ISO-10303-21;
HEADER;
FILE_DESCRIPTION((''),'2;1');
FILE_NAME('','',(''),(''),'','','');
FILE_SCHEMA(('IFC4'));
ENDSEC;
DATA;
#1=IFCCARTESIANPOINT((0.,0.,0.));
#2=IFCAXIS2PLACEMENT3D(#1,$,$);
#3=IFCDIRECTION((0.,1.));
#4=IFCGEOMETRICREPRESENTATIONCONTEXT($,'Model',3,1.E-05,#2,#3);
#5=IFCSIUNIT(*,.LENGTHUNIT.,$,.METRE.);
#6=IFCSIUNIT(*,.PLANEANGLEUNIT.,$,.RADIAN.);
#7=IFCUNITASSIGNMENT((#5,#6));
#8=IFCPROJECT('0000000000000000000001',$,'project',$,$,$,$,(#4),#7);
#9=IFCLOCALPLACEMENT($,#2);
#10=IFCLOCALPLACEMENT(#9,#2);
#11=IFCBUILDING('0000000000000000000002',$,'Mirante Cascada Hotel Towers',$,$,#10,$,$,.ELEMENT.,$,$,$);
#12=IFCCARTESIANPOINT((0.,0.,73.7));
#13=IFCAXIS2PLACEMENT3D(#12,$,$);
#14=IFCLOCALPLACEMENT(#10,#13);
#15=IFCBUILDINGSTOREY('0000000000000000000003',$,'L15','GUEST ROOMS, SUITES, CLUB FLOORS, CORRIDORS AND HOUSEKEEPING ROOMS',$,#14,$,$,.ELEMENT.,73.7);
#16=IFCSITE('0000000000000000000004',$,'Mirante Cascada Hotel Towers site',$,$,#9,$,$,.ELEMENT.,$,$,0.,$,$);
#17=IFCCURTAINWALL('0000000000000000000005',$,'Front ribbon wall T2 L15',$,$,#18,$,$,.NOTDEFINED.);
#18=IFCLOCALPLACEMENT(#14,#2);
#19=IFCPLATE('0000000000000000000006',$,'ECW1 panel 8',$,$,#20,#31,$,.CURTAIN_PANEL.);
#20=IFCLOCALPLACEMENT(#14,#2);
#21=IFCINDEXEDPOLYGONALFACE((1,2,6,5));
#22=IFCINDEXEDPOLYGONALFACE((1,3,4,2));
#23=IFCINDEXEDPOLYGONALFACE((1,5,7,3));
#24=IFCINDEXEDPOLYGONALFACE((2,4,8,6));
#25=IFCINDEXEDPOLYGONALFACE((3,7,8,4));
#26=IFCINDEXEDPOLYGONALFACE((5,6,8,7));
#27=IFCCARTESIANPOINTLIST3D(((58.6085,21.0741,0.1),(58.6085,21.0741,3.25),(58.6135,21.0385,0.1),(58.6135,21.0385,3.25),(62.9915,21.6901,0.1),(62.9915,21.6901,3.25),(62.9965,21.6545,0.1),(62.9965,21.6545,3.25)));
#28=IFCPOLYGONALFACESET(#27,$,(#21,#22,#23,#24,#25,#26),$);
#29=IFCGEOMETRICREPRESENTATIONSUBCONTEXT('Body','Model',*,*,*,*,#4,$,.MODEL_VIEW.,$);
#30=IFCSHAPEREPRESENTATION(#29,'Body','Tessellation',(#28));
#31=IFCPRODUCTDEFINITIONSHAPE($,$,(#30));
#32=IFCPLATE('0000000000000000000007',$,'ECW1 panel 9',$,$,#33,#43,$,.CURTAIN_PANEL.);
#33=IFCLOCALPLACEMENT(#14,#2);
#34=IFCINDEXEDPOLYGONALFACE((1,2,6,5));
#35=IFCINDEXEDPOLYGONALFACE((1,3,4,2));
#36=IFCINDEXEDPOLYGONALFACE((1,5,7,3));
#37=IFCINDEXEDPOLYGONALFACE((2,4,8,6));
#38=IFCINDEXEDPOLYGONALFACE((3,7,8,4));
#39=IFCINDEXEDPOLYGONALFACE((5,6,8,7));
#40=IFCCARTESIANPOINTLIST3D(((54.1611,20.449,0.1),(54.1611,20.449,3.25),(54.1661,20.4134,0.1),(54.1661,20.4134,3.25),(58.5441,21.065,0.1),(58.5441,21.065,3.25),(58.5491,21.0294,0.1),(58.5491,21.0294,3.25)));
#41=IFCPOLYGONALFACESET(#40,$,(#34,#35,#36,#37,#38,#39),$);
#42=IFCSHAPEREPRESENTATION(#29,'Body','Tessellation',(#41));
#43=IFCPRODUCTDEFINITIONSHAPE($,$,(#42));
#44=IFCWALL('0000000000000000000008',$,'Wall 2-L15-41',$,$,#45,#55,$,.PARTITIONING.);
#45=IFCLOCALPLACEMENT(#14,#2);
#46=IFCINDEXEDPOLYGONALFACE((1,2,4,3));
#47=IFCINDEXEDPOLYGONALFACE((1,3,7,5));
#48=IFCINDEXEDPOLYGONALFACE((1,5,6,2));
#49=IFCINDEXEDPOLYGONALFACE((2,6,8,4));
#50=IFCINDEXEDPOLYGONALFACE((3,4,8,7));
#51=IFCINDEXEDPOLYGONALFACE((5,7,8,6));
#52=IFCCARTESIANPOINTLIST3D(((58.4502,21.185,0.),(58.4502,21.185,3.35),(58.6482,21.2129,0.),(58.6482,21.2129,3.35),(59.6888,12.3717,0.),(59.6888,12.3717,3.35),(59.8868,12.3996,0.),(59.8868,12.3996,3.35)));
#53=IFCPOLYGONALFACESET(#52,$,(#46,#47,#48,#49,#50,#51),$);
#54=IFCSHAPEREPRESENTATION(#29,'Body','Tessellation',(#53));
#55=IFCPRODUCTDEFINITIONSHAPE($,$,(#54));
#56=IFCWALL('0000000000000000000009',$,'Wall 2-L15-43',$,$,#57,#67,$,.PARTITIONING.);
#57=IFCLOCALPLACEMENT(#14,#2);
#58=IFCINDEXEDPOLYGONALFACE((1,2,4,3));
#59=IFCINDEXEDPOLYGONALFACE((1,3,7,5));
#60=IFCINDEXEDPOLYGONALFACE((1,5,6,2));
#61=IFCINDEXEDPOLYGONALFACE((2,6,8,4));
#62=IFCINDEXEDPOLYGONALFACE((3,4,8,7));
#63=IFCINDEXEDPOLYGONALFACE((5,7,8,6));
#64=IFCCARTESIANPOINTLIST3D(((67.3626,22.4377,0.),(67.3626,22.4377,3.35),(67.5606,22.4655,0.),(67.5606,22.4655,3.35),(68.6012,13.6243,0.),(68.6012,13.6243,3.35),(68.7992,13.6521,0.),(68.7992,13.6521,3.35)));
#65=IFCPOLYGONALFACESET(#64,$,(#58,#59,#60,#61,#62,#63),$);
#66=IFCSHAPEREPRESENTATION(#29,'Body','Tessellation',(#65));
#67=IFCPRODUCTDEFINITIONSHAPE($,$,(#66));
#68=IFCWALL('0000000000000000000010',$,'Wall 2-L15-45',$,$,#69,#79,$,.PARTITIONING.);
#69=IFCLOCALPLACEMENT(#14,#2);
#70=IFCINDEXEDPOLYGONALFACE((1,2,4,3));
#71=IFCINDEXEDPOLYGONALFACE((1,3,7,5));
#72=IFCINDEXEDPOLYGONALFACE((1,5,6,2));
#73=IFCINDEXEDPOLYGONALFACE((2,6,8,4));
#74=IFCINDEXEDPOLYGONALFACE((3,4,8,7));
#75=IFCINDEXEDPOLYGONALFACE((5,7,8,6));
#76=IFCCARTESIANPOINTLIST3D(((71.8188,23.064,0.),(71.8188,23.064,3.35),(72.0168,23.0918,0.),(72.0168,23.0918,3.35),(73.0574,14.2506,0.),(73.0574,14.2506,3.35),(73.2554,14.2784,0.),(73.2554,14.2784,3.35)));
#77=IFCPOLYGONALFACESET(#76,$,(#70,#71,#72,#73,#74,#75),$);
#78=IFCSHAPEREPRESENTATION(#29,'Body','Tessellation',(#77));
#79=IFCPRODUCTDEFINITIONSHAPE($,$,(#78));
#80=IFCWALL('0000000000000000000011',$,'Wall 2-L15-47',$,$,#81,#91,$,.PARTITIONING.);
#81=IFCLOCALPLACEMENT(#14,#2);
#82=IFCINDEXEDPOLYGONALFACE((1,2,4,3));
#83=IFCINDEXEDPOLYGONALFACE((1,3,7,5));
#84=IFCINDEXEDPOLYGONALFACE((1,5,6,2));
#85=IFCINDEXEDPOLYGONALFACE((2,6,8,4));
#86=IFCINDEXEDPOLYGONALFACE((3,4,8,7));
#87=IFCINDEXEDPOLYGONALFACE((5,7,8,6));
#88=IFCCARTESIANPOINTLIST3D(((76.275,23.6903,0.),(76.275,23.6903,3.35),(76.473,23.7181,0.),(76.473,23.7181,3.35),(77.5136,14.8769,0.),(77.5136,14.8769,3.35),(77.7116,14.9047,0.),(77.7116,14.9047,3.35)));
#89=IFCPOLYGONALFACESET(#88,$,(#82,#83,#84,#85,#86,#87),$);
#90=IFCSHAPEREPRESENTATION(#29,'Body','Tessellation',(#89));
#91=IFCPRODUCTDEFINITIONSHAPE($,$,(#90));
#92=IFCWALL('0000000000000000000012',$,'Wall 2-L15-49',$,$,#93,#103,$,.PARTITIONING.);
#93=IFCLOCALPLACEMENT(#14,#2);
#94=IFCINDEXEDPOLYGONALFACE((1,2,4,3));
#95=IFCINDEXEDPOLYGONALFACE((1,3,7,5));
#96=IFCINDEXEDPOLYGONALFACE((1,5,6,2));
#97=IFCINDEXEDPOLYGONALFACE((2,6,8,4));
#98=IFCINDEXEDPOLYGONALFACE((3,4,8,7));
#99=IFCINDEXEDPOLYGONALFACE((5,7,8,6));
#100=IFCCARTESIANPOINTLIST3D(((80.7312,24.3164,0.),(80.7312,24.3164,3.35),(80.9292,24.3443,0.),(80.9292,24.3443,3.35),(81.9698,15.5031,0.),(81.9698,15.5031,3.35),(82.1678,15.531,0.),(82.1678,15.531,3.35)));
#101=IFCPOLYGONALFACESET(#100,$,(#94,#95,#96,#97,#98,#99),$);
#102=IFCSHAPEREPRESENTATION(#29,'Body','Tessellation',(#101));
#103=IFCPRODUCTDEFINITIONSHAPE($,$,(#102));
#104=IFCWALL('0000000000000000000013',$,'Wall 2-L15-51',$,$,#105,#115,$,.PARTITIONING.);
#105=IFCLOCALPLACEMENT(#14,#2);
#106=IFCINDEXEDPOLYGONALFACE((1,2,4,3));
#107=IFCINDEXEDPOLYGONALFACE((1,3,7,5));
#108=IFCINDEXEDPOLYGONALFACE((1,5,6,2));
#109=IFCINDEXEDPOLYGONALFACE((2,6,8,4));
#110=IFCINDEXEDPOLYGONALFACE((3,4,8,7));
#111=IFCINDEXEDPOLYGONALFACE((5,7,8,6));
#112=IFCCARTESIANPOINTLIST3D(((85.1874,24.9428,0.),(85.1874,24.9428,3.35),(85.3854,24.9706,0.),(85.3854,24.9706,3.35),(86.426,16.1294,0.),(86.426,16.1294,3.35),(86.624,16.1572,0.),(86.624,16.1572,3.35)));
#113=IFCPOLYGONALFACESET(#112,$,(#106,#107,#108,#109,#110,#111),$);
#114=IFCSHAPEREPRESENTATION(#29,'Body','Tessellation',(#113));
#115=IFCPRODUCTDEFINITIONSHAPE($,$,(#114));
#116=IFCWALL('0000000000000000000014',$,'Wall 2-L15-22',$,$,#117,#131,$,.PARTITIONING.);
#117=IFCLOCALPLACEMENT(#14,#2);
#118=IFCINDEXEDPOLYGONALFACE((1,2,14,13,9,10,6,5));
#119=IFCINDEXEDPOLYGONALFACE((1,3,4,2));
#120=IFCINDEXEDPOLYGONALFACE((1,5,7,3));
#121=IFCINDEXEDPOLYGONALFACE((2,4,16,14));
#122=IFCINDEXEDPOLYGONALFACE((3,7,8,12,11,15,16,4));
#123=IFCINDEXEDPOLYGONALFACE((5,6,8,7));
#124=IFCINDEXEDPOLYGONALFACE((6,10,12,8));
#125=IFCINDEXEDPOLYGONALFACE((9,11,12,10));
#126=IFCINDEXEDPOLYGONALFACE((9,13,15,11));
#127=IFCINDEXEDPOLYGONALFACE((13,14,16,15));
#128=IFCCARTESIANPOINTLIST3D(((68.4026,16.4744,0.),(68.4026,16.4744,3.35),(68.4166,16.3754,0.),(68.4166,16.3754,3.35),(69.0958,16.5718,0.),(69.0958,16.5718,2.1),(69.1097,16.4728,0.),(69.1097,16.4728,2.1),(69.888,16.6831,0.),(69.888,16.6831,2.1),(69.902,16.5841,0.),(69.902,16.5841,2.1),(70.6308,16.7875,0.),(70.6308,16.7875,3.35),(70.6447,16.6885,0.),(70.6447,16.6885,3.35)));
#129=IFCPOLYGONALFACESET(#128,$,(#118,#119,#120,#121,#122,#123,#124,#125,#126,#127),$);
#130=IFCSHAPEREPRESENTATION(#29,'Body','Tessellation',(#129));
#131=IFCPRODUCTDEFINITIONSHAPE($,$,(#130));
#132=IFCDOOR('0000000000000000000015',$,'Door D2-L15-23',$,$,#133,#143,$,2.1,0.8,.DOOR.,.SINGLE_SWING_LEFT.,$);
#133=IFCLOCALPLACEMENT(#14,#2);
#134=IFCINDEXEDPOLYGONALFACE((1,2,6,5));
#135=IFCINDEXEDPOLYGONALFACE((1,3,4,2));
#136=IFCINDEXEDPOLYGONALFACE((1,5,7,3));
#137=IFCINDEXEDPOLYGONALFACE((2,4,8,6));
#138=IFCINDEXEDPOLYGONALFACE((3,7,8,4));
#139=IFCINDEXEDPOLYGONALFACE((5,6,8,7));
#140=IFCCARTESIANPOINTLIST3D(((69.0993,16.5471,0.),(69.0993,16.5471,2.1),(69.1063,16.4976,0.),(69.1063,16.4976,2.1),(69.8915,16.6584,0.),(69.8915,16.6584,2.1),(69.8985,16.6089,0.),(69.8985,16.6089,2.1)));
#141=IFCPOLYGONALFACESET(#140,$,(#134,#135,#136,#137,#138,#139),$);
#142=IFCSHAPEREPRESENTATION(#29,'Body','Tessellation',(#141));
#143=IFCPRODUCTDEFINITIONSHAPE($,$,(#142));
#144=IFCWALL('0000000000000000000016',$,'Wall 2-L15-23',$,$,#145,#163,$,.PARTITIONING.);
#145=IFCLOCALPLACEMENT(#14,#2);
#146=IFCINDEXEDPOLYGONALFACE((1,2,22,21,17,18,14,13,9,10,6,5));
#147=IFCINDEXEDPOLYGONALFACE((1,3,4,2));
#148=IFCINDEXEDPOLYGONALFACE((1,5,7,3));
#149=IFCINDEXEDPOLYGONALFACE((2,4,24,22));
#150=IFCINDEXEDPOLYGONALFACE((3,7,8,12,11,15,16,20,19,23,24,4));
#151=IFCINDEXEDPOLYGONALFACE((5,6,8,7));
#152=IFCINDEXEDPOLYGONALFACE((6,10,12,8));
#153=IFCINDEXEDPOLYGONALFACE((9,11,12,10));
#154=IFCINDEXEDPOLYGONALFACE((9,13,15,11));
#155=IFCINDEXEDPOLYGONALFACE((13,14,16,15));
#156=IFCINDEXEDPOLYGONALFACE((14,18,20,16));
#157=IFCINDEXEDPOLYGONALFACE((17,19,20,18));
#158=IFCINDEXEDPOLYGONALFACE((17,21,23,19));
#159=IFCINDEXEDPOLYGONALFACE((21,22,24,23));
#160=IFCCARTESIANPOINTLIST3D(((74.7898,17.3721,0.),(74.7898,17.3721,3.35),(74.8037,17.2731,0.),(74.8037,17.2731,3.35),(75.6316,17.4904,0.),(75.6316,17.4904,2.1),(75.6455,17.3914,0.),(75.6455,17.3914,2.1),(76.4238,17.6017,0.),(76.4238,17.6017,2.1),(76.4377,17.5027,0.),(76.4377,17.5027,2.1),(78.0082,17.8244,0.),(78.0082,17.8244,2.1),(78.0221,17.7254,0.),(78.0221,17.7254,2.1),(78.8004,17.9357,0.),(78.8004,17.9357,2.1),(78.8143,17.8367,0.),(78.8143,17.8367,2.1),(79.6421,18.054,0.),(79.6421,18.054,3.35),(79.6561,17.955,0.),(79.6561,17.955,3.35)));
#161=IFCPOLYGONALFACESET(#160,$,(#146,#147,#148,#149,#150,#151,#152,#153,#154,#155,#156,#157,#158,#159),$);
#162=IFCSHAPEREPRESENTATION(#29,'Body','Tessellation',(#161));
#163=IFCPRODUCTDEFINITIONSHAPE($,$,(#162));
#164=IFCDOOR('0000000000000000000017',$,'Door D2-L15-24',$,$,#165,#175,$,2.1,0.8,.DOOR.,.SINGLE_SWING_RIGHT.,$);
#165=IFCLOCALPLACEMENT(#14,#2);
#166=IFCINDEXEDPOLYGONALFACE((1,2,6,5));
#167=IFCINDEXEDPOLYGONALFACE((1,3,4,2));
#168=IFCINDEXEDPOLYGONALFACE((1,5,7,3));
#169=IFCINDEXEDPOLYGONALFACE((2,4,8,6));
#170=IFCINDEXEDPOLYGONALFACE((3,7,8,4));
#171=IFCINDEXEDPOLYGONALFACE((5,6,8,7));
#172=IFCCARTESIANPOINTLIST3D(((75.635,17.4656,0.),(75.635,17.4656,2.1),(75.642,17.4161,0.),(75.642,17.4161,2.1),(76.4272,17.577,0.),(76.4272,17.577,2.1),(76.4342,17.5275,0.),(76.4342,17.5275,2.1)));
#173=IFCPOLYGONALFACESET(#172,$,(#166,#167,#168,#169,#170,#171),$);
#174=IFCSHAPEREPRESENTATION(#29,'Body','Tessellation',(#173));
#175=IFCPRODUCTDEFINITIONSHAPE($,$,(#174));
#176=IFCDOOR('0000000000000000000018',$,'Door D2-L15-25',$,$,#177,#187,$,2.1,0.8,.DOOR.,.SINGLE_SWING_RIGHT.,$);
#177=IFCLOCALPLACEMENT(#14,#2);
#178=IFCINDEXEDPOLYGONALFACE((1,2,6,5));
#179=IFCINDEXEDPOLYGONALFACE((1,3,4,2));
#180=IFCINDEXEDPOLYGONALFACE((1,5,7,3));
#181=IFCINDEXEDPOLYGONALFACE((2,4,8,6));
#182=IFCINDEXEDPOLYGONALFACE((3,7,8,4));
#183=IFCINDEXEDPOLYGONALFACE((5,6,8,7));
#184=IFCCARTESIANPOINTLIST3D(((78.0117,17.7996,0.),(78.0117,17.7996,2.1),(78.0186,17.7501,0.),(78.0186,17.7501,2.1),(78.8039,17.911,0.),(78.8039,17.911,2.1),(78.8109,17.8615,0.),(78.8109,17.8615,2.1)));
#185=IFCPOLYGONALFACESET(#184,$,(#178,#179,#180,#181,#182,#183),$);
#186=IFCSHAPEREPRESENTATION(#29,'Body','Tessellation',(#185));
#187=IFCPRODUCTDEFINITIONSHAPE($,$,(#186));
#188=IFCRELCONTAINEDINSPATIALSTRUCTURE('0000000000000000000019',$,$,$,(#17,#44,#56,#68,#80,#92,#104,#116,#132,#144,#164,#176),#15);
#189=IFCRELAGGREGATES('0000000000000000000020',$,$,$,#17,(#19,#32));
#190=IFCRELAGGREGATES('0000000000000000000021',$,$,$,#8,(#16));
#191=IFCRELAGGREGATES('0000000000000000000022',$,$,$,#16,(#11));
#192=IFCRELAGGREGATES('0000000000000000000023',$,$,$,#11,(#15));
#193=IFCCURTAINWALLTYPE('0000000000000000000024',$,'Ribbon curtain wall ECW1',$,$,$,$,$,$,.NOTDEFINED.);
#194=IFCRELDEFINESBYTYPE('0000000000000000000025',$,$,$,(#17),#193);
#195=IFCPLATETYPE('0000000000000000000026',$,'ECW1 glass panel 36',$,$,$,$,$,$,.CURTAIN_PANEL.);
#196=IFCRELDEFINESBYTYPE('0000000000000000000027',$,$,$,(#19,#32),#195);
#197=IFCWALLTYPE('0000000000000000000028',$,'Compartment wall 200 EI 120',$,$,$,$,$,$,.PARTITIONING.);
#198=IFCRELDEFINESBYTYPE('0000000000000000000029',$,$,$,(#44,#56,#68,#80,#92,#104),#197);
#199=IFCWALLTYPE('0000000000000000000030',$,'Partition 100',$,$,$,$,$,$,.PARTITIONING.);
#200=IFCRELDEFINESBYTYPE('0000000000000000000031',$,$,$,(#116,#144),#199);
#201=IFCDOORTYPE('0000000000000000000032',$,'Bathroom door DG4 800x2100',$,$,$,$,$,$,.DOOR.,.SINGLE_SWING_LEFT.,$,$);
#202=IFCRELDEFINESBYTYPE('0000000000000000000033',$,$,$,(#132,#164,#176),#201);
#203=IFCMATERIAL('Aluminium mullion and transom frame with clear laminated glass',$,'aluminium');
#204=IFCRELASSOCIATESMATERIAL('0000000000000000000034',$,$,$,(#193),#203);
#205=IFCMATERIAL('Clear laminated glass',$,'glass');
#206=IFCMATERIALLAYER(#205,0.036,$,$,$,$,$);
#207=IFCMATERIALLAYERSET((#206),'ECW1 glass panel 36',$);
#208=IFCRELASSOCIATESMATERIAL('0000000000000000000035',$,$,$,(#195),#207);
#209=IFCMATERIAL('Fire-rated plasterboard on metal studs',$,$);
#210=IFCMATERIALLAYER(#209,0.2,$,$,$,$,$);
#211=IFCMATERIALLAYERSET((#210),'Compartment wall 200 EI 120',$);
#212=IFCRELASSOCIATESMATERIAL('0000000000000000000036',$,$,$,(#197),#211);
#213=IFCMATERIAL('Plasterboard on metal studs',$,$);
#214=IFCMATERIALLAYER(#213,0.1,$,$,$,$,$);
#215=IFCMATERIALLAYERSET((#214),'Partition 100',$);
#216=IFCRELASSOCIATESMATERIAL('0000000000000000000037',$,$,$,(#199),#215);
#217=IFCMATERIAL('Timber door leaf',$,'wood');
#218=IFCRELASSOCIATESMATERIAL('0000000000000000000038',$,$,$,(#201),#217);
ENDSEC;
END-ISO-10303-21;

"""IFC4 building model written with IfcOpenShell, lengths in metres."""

from ifc_helpers import new_model, si_unit, direction, frame, frame_2d, origin, origin_2d, place, context, subcontext, project, spatial, rectangle, extrude, material, layer, layer_set, type_object, element, fill, aggregate, save


model = new_model("IFC4")

# Units and contexts
model_context = context("Model", 3, precision=1e-05, world=origin(), true_north=direction((0.0, 1.0)))
body_context = subcontext(model_context, "Body", "Model", "MODEL_VIEW")
ifc_project = project(units=[si_unit("LENGTHUNIT", "METRE"), si_unit("PLANEANGLEUNIT", "RADIAN")], contexts=[model_context])

# Site, building, storey
site_placement = place(None, origin())
site = spatial("IfcSite", under=ifc_project, at=site_placement, Name="Mirante Cascada Hotel Towers site", CompositionType="ELEMENT", RefElevation=0.0)
building_placement = place(site_placement, origin())
building = spatial("IfcBuilding", under=site, at=building_placement, Name="Mirante Cascada Hotel Towers", CompositionType="ELEMENT")
storey_placement = place(building_placement, frame((0.0, 0.0, 73.7)))
storey = spatial("IfcBuildingStorey", under=building, at=storey_placement, Name="L15", Description="GUEST ROOMS, SUITES, CLUB FLOORS, CORRIDORS AND HOUSEKEEPING ROOMS", CompositionType="ELEMENT", Elevation=73.7)

# Curtain wall, plates
ifc_material_1 = material(Name="Aluminium mullion and transom frame with clear laminated glass", Category="aluminium")
curtain_wall_type = type_object("IfcCurtainWallType", Name="Ribbon curtain wall ECW1", PredefinedType="NOTDEFINED", material=ifc_material_1)
curtain_wall_placement = place(storey_placement, origin())
curtain_wall = element("IfcCurtainWall", 1, at=curtain_wall_placement, inside=storey, type_object=curtain_wall_type, Name="Front ribbon wall T2 L15", PredefinedType="NOTDEFINED")
ifc_material_2 = material(Name="Clear laminated glass", Category="glass")
ifc_layer_1 = layer(ifc_material_2, 0.036)
ifc_layer_set_1 = layer_set([ifc_layer_1], Name="ECW1 glass panel 36")
plate_type = type_object("IfcPlateType", Name="ECW1 glass panel 36", PredefinedType="CURTAIN_PANEL", material=ifc_layer_set_1)
plate_1_placement = place(storey_placement, frame((60.8025, 21.3643, 0.1), z_axis=(0.0, 0.0, 1.0), x_axis=(-0.990268, -0.139173, 0.0)))
plate_1 = element("IfcPlate", 2, at=plate_1_placement, type_object=plate_type, Name="ECW1 panel 8", PredefinedType="CURTAIN_PANEL", context=body_context, shape_type="SweptSolid", body=[
    extrude(rectangle(XDim=4.4261, YDim=0.036, at=origin_2d()), origin(), (0.0, 0.0, 1.0), 3.15),
])
plate_2_placement = place(storey_placement, frame((56.3551, 20.7392, 0.1), z_axis=(0.0, 0.0, 1.0), x_axis=(-0.990268, -0.139173, 0.0)))
plate_2 = element("IfcPlate", 3, at=plate_2_placement, type_object=plate_type, Name="ECW1 panel 9", PredefinedType="CURTAIN_PANEL", context=body_context, shape_type="SweptSolid", body=[
    extrude(rectangle(XDim=4.4261, YDim=0.036, at=origin_2d()), origin(), (0.0, 0.0, 1.0), 3.15),
])
aggregate(curtain_wall, [plate_1, plate_2])

# Walls
ifc_material_3 = material(Name="Fire-rated plasterboard on metal studs")
ifc_layer_2 = layer(ifc_material_3, 0.2)
ifc_layer_set_2 = layer_set([ifc_layer_2], Name="Compartment wall 200 EI 120")
wall_type_1 = type_object("IfcWallType", Name="Compartment wall 200 EI 120", PredefinedType="PARTITIONING", material=ifc_layer_set_2)
wall_1_placement = place(storey_placement, frame((58.5492, 21.199, 0.0), z_axis=(0.0, 0.0, 1.0), x_axis=(0.13917, -0.990268, 0.0)))
element("IfcWall", 4, at=wall_1_placement, inside=storey, type_object=wall_type_1, Name="Wall 2-L15-41", PredefinedType="PARTITIONING", context=body_context, shape_type="SweptSolid", body=[
    extrude(rectangle(XDim=8.8999, YDim=0.2, at=frame_2d((4.45, 0.0))), origin(), (0.0, 0.0, 1.0), 3.35),
])
for number, where, z_axis, x_axis, name in (
    (5, (67.4616, 22.4516, 0.0), (0.0, 0.0, 1.0), (0.139168, -0.990269, 0.0), "Wall 2-L15-43"),
    (6, (71.9178, 23.0779, 0.0), (0.0, 0.0, 1.0), (0.139168, -0.990269, 0.0), "Wall 2-L15-45"),
    (7, (76.374, 23.7042, 0.0), (0.0, 0.0, 1.0), (0.139168, -0.990269, 0.0), "Wall 2-L15-47"),
):
    element("IfcWall", number, at=place(storey_placement, frame(where, z_axis=z_axis, x_axis=x_axis)), inside=storey, type_object=wall_type_1, Name=name, PredefinedType="PARTITIONING", context=body_context, shape_type="SweptSolid", body=[
        extrude(rectangle(XDim=8.9, YDim=0.2, at=frame_2d((4.45, 0.0))), origin(), (0.0, 0.0, 1.0), 3.35),
    ])
wall_2_placement = place(storey_placement, frame((80.8302, 24.3304, 0.0), z_axis=(0.0, 0.0, 1.0), x_axis=(0.13917, -0.990268, 0.0)))
element("IfcWall", 8, at=wall_2_placement, inside=storey, type_object=wall_type_1, Name="Wall 2-L15-49", PredefinedType="PARTITIONING", context=body_context, shape_type="SweptSolid", body=[
    extrude(rectangle(XDim=8.8999, YDim=0.2, at=frame_2d((4.45, 0.0))), origin(), (0.0, 0.0, 1.0), 3.35),
])
wall_3_placement = place(storey_placement, frame((85.2864, 24.9567, 0.0), z_axis=(0.0, 0.0, 1.0), x_axis=(0.139168, -0.990269, 0.0)))
element("IfcWall", 9, at=wall_3_placement, inside=storey, type_object=wall_type_1, Name="Wall 2-L15-51", PredefinedType="PARTITIONING", context=body_context, shape_type="SweptSolid", body=[
    extrude(rectangle(XDim=8.9, YDim=0.2, at=frame_2d((4.45, 0.0))), origin(), (0.0, 0.0, 1.0), 3.35),
])

# Wall, opening, door
ifc_material_4 = material(Name="Plasterboard on metal studs")
ifc_layer_3 = layer(ifc_material_4, 0.1)
ifc_layer_set_3 = layer_set([ifc_layer_3], Name="Partition 100")
wall_type_2 = type_object("IfcWallType", Name="Partition 100", PredefinedType="PARTITIONING", material=ifc_layer_set_3)
wall_4_placement = place(storey_placement, frame((68.4096, 16.4249, 0.0), z_axis=(0.0, 0.0, 1.0), x_axis=(0.990271, 0.139156, 0.0)))
wall_4 = element("IfcWall", 10, at=wall_4_placement, inside=storey, type_object=wall_type_2, Name="Wall 2-L15-22", PredefinedType="PARTITIONING", context=body_context, shape_type="SweptSolid", body=[
    extrude(rectangle(XDim=2.25, YDim=0.1, at=frame_2d((1.125, 0.0))), origin(), (0.0, 0.0, 1.0), 3.35),
])
opening_1_placement = place(wall_4_placement, frame((0.7, 0.0, 0.0)))
opening_1 = element("IfcOpeningElement", 11, at=opening_1_placement, cuts=wall_4, PredefinedType="OPENING", context=body_context, shape_type="SweptSolid", body=[
    extrude(rectangle(XDim=0.8, YDim=2.1, at=frame_2d((0.4, 1.05))), frame((0.0, 0.05, 0.0), z_axis=(0.0, -1.0, 0.0), x_axis=(1.0, 0.0, 0.0)), (0.0, 0.0, 1.0), 0.1),
])
ifc_material_5 = material(Name="Timber door leaf", Category="wood")
door_type = type_object("IfcDoorType", Name="Bathroom door DG4 800x2100", OperationType="SINGLE_SWING_LEFT", PredefinedType="DOOR", material=ifc_material_5)
door_1_placement = place(opening_1_placement, origin())
door_1 = element("IfcDoor", 12, at=door_1_placement, inside=storey, type_object=door_type, Name="Door D2-L15-23", OperationType="SINGLE_SWING_LEFT", OverallHeight=2.1, OverallWidth=0.8, PredefinedType="DOOR", context=body_context, shape_type="SweptSolid", body=[
    extrude(rectangle(XDim=0.8, YDim=2.1, at=frame_2d((0.4, 1.05))), frame((0.0, 0.025, 0.0), z_axis=(0.0, -1.0, 0.0), x_axis=(1.0, 0.0, 0.0)), (0.0, 0.0, 1.0), 0.05),
])
fill(opening_1, door_1)

# Wall, openings, doors
wall_5_placement = place(storey_placement, frame((79.6491, 18.0045, 0.0), z_axis=(0.0, 0.0, 1.0), x_axis=(-0.990269, -0.139164, 0.0)))
wall_5 = element("IfcWall", 13, at=wall_5_placement, inside=storey, type_object=wall_type_2, Name="Wall 2-L15-23", PredefinedType="PARTITIONING", context=body_context, shape_type="SweptSolid", body=[
    extrude(rectangle(XDim=4.9, YDim=0.1, at=frame_2d((2.45, 0.0))), origin(), (0.0, 0.0, 1.0), 3.35),
])
opening_2_placement = place(wall_5_placement, frame((3.25, 0.0, 0.0)))
opening_2 = element("IfcOpeningElement", 14, at=opening_2_placement, cuts=wall_5, PredefinedType="OPENING", context=body_context, shape_type="SweptSolid", body=[
    extrude(rectangle(XDim=0.8, YDim=2.1, at=frame_2d((0.4, 1.05))), frame((0.0, 0.05, 0.0), z_axis=(0.0, -1.0, 0.0), x_axis=(1.0, 0.0, 0.0)), (0.0, 0.0, 1.0), 0.1),
])
opening_3_placement = place(wall_5_placement, frame((0.85, 0.0, 0.0)))
opening_3 = element("IfcOpeningElement", 15, at=opening_3_placement, cuts=wall_5, PredefinedType="OPENING", context=body_context, shape_type="SweptSolid", body=[
    extrude(rectangle(XDim=0.8, YDim=2.1, at=frame_2d((0.4, 1.05))), frame((0.0, 0.05, 0.0), z_axis=(0.0, -1.0, 0.0), x_axis=(1.0, 0.0, 0.0)), (0.0, 0.0, 1.0), 0.1),
])
door_2_placement = place(opening_2_placement, frame((0.8, 0.0, 0.0), z_axis=(0.0, 0.0, 1.0), x_axis=(-1.0, 0.0, 0.0)))
door_2 = element("IfcDoor", 16, at=door_2_placement, inside=storey, type_object=door_type, Name="Door D2-L15-24", OperationType="SINGLE_SWING_RIGHT", OverallHeight=2.1, OverallWidth=0.8, PredefinedType="DOOR", context=body_context, shape_type="SweptSolid", body=[
    extrude(rectangle(XDim=0.8, YDim=2.1, at=frame_2d((0.4, 1.05))), frame((0.0, 0.025, 0.0), z_axis=(0.0, -1.0, 0.0), x_axis=(1.0, 0.0, 0.0)), (0.0, 0.0, 1.0), 0.05),
])
fill(opening_2, door_2)
door_3_placement = place(opening_3_placement, frame((0.8, 0.0, 0.0), z_axis=(0.0, 0.0, 1.0), x_axis=(-1.0, 0.0, 0.0)))
door_3 = element("IfcDoor", 17, at=door_3_placement, inside=storey, type_object=door_type, Name="Door D2-L15-25", OperationType="SINGLE_SWING_RIGHT", OverallHeight=2.1, OverallWidth=0.8, PredefinedType="DOOR", context=body_context, shape_type="SweptSolid", body=[
    extrude(rectangle(XDim=0.8, YDim=2.1, at=frame_2d((0.4, 1.05))), frame((0.0, 0.025, 0.0), z_axis=(0.0, -1.0, 0.0), x_axis=(1.0, 0.0, 0.0)), (0.0, 0.0, 1.0), 0.05),
])
fill(opening_3, door_3)

save(model, "model.ifc")
